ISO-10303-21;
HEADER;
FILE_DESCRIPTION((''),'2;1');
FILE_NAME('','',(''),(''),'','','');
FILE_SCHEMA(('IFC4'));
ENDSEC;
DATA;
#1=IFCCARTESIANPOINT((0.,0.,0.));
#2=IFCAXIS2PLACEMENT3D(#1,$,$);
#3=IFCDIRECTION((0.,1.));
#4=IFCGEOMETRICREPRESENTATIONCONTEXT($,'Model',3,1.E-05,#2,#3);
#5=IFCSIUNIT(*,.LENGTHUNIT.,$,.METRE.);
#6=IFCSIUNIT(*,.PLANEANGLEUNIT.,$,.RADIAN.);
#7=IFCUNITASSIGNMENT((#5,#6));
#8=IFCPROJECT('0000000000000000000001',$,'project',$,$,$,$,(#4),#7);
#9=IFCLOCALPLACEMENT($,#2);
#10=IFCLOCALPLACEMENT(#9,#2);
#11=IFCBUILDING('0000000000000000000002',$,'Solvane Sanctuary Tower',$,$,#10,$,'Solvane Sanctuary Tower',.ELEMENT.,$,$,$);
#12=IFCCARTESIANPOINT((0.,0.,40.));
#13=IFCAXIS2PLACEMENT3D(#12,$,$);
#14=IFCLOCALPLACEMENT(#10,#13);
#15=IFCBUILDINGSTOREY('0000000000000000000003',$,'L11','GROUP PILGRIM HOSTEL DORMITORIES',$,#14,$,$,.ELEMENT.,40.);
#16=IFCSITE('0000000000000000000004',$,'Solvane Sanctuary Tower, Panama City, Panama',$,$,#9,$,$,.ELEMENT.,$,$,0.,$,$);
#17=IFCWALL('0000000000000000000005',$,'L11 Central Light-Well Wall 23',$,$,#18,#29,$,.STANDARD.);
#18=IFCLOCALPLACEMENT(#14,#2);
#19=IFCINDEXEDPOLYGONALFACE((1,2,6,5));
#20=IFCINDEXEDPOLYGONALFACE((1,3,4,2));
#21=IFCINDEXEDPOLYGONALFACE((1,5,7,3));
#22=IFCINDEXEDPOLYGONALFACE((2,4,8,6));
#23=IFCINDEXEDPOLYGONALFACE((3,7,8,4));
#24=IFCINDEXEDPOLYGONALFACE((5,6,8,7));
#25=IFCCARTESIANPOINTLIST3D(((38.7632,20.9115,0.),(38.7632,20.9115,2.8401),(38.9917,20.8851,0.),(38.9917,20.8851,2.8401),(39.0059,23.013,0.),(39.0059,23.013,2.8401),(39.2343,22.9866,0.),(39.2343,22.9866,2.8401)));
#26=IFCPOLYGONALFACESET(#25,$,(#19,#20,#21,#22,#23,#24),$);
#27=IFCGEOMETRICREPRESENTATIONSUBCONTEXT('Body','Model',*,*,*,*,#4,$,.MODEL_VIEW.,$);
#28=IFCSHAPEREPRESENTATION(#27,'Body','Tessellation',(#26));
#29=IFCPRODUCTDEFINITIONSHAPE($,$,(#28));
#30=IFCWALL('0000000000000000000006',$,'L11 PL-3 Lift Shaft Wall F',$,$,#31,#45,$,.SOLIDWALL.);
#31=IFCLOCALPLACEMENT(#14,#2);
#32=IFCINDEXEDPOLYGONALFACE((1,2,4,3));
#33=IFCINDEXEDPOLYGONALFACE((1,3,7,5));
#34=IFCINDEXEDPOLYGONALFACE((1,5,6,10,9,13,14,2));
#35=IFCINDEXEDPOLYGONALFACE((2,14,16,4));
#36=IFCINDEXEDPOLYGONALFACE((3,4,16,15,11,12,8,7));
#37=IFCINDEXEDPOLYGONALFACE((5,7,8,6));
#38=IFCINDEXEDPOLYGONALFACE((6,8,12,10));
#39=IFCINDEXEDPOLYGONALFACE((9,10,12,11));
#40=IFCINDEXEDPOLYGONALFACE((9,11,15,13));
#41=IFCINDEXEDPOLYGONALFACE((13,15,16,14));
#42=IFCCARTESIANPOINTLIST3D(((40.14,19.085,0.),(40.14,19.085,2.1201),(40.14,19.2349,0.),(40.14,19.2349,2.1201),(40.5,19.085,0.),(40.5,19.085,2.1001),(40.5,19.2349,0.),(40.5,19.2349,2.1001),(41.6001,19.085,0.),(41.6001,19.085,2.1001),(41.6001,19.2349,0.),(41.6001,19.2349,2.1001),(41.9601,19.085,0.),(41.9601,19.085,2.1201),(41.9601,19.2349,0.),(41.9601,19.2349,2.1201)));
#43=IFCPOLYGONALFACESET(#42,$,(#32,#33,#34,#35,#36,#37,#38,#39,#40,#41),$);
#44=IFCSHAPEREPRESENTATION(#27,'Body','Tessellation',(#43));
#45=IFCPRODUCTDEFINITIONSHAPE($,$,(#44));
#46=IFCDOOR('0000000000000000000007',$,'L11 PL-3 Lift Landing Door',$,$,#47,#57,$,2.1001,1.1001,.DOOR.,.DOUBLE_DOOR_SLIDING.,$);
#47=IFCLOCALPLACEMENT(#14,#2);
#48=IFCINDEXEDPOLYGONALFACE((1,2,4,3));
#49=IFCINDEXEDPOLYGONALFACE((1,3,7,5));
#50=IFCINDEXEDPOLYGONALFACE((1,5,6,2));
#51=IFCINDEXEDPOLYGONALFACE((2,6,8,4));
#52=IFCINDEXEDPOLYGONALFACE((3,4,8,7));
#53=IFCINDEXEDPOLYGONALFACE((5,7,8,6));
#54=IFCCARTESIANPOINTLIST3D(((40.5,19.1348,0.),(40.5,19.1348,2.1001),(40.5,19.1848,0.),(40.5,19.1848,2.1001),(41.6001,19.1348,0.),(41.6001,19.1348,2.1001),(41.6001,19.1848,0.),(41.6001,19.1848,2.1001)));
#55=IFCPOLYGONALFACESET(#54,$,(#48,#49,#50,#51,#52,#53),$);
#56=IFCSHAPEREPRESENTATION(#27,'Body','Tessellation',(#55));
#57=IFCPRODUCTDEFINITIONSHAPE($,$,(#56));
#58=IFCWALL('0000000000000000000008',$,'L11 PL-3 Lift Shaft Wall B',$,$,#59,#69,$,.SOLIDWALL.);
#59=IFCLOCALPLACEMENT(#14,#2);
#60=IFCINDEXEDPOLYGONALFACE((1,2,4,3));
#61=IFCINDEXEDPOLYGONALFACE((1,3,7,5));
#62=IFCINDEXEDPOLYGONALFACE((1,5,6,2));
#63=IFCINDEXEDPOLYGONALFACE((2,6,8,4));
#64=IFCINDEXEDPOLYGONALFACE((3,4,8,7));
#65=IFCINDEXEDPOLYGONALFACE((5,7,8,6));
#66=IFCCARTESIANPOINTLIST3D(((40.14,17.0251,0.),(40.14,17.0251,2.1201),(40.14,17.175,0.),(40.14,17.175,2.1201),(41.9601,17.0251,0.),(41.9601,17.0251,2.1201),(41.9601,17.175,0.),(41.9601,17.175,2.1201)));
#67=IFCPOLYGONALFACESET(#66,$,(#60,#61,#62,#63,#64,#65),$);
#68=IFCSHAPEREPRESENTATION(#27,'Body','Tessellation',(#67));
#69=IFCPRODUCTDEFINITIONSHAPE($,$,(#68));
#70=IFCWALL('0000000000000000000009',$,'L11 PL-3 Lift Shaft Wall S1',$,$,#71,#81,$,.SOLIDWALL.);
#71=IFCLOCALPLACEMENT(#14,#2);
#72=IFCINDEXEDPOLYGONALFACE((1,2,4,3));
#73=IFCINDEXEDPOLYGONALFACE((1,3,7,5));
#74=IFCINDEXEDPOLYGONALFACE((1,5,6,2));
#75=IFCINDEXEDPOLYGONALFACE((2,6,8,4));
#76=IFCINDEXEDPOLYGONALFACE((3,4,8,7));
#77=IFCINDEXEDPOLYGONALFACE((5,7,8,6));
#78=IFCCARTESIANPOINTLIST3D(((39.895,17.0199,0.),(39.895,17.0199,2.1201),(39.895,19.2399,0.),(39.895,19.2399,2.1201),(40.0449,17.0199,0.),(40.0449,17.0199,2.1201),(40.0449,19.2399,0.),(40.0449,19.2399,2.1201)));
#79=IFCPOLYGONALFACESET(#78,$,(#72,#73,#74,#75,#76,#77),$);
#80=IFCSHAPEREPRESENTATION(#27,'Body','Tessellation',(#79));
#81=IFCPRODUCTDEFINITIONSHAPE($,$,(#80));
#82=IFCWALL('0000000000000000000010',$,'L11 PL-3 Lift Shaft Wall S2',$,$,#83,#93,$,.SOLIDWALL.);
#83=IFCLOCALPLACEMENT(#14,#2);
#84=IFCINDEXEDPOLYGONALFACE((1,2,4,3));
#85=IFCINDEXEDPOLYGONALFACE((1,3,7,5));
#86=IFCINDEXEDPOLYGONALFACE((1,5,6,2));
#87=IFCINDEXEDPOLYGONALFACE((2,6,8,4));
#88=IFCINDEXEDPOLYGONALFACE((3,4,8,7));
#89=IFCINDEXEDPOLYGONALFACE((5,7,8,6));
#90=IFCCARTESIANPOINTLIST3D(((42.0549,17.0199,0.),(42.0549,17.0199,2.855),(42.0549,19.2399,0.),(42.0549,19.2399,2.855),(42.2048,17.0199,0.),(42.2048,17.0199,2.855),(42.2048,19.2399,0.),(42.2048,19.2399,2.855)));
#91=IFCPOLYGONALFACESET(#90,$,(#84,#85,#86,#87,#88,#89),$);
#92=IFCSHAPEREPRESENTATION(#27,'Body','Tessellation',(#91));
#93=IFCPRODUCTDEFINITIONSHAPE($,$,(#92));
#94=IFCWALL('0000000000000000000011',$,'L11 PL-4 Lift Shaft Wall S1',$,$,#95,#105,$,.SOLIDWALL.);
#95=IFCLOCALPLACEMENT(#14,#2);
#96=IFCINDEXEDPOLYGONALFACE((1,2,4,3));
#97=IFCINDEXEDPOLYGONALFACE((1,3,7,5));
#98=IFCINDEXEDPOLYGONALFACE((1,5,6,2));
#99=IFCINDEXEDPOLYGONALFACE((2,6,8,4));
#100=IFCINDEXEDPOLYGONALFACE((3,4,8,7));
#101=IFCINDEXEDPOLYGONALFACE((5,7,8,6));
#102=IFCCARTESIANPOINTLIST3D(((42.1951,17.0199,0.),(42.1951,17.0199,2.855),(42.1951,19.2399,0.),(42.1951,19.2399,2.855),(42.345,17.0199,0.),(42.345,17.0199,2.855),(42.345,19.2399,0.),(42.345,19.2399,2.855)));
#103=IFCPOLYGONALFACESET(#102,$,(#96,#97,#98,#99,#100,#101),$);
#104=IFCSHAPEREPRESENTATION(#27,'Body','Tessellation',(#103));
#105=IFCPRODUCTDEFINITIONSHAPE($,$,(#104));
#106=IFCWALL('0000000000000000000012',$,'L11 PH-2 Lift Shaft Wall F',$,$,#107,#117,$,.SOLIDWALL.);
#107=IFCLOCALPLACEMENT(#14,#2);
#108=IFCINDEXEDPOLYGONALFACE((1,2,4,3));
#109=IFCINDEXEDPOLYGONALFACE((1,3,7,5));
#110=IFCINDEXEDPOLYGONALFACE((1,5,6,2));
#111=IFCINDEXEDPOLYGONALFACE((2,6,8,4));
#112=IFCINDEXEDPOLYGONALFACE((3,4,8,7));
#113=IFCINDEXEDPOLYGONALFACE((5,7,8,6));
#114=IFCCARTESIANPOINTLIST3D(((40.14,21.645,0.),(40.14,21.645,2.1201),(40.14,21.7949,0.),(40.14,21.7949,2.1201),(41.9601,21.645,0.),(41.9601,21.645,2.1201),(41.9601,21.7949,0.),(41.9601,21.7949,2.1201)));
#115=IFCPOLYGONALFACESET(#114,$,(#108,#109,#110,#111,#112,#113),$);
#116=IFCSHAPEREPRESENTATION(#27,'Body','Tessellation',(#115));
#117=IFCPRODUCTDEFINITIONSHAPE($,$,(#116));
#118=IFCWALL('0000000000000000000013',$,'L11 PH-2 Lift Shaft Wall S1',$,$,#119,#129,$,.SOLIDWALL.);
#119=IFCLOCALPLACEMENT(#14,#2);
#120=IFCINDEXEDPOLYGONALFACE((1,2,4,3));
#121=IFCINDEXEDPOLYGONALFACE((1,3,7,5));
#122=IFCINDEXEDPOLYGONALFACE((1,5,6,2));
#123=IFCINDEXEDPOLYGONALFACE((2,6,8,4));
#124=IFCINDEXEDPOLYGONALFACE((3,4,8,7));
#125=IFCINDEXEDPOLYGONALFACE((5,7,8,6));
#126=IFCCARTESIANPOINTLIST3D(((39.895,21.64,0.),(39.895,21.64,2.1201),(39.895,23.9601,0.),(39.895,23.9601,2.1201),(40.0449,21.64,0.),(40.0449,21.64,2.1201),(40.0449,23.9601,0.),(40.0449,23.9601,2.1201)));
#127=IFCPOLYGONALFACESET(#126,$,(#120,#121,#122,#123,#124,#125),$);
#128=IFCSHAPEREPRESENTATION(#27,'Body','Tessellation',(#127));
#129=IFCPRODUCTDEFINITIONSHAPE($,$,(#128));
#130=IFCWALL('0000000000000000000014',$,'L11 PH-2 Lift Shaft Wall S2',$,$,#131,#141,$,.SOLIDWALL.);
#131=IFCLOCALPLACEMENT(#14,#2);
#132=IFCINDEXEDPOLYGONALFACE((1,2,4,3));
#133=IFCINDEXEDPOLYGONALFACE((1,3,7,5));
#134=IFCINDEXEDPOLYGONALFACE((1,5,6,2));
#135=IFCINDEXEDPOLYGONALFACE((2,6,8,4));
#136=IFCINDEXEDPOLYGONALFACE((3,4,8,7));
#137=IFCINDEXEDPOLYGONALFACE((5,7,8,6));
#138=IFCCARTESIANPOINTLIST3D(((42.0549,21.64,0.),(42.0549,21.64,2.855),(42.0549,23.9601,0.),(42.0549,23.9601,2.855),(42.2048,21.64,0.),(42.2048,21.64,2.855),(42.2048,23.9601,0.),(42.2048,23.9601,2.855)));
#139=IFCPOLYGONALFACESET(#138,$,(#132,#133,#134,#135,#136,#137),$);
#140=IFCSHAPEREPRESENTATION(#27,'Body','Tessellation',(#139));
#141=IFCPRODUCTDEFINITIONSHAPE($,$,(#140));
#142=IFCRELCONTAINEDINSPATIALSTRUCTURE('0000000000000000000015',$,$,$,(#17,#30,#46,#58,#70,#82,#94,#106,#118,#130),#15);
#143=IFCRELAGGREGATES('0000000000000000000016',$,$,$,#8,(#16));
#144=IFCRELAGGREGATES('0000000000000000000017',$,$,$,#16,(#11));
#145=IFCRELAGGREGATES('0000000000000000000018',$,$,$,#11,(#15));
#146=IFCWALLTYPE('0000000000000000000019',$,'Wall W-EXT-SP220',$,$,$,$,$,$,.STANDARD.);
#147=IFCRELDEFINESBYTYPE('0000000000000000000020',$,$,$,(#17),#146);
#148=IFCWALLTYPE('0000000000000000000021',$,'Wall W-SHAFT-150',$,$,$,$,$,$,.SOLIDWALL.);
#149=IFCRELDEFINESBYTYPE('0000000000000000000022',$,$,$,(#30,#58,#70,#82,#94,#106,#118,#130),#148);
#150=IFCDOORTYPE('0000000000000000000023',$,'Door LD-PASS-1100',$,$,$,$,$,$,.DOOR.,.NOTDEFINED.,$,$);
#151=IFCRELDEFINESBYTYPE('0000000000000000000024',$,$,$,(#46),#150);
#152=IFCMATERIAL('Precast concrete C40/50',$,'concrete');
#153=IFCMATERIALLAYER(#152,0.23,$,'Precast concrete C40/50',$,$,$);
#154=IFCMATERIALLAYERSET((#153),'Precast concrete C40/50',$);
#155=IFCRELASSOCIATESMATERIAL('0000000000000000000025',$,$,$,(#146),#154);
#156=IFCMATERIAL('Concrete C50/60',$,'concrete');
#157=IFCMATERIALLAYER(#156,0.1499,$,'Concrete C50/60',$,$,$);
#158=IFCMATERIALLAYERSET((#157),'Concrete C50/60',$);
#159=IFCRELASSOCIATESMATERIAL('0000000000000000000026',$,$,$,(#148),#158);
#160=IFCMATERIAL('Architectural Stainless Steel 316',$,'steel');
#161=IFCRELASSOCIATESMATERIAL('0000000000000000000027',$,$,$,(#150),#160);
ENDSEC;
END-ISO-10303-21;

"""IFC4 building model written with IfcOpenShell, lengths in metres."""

from ifc_helpers import new_model, si_unit, direction, frame, frame_2d, origin, place, context, subcontext, project, spatial, rectangle, extrude, material, layer, layer_set, type_object, element, fill, save


model = new_model("IFC4")

# Units and contexts
model_context = context("Model", 3, precision=1e-05, world=origin(), true_north=direction((0.0, 1.0)))
body_context = subcontext(model_context, "Body", "Model", "MODEL_VIEW")
ifc_project = project(units=[si_unit("LENGTHUNIT", "METRE"), si_unit("PLANEANGLEUNIT", "RADIAN")], contexts=[model_context])

# Site, building, storey
site_placement = place(None, origin())
site = spatial("IfcSite", under=ifc_project, at=site_placement, Name="Solvane Sanctuary Tower, Panama City, Panama", CompositionType="ELEMENT", RefElevation=0.0)
building_placement = place(site_placement, origin())
building = spatial("IfcBuilding", under=site, at=building_placement, Name="Solvane Sanctuary Tower", LongName="Solvane Sanctuary Tower", CompositionType="ELEMENT")
storey_placement = place(building_placement, frame((0.0, 0.0, 40.0)))
storey = spatial("IfcBuildingStorey", under=building, at=storey_placement, Name="L11", Description="GROUP PILGRIM HOSTEL DORMITORIES", CompositionType="ELEMENT", Elevation=40.0)

# Shared definitions
ifc_material_1 = material(Name="Precast concrete C40/50", Category="concrete")
ifc_layer_1 = layer(ifc_material_1, 0.23, Name="Precast concrete C40/50")
ifc_layer_set_1 = layer_set([ifc_layer_1], Name="Precast concrete C40/50")
wall_type_1 = type_object("IfcWallType", Name="Wall W-EXT-SP220", PredefinedType="STANDARD", material=ifc_layer_set_1)

# Wall
wall_1_placement = place(storey_placement, frame((38.8774, 20.8984, 0.0), z_axis=(0.0, 0.0, 1.0), x_axis=(0.114712, 0.993399, 0.0)))
element("IfcWall", 1, at=wall_1_placement, inside=storey, type_object=wall_type_1, Name="L11 Central Light-Well Wall 23", PredefinedType="STANDARD", context=body_context, shape_type="SweptSolid", body=[
    extrude(rectangle(XDim=2.1155, YDim=0.23, at=frame_2d((1.0576, 0.0))), origin(), (0.0, 0.0, 1.0), 2.8401),
])

# Wall, opening, door
ifc_material_2 = material(Name="Concrete C50/60", Category="concrete")
ifc_layer_2 = layer(ifc_material_2, 0.1499, Name="Concrete C50/60")
ifc_layer_set_2 = layer_set([ifc_layer_2], Name="Concrete C50/60")
wall_type_2 = type_object("IfcWallType", Name="Wall W-SHAFT-150", PredefinedType="SOLIDWALL", material=ifc_layer_set_2)
wall_2_placement = place(storey_placement, frame((40.1399, 19.1599, 0.0), z_axis=(0.0, 0.0, 1.0), x_axis=(1.0, 0.0, 0.0)))
wall_2 = element("IfcWall", 2, at=wall_2_placement, inside=storey, type_object=wall_type_2, Name="L11 PL-3 Lift Shaft Wall F", PredefinedType="SOLIDWALL", context=body_context, shape_type="SweptSolid", body=[
    extrude(rectangle(XDim=1.8201, YDim=0.1499, at=frame_2d((0.9102, 0.0))), origin(), (0.0, 0.0, 1.0), 2.1201),
])
opening_1_placement = place(wall_2_placement, frame((0.3601, 0.0, 0.0)))
opening_1 = element("IfcOpeningElement", 3, at=opening_1_placement, cuts=wall_2, PredefinedType="OPENING", context=body_context, shape_type="SweptSolid", body=[
    extrude(rectangle(XDim=1.1001, YDim=2.1001, at=frame_2d((0.55, 1.05))), frame((0.0, 0.085, 0.0), z_axis=(0.0, -1.0, 0.0), x_axis=(1.0, 0.0, 0.0)), (0.0, 0.0, 1.0), 0.1699),
])
ifc_material_3 = material(Name="Architectural Stainless Steel 316", Category="steel")
door_type = type_object("IfcDoorType", Name="Door LD-PASS-1100", OperationType="NOTDEFINED", PredefinedType="DOOR", material=ifc_material_3)
door_placement = place(opening_1_placement, origin())
door = element("IfcDoor", 4, at=door_placement, inside=storey, type_object=door_type, Name="L11 PL-3 Lift Landing Door", OperationType="DOUBLE_DOOR_SLIDING", OverallHeight=2.1001, OverallWidth=1.1001, PredefinedType="DOOR", context=body_context, shape_type="SweptSolid", body=[
    extrude(rectangle(XDim=1.1001, YDim=2.1001, at=frame_2d((0.55, 1.05))), frame((0.0, 0.0249, 0.0), z_axis=(0.0, -1.0, 0.0), x_axis=(1.0, 0.0, 0.0)), (0.0, 0.0, 1.0), 0.05),
])
fill(opening_1, door)

# Walls
wall_3_placement = place(storey_placement, frame((40.1399, 17.1001, 0.0), z_axis=(0.0, 0.0, 1.0), x_axis=(1.0, 0.0, 0.0)))
element("IfcWall", 5, at=wall_3_placement, inside=storey, type_object=wall_type_2, Name="L11 PL-3 Lift Shaft Wall B", PredefinedType="SOLIDWALL", context=body_context, shape_type="SweptSolid", body=[
    extrude(rectangle(XDim=1.8201, YDim=0.1499, at=frame_2d((0.9102, 0.0))), origin(), (0.0, 0.0, 1.0), 2.1201),
])
wall_4_placement = place(storey_placement, frame((39.97, 17.02, 0.0), z_axis=(0.0, 0.0, 1.0), x_axis=(0.0, 1.0, 0.0)))
element("IfcWall", 6, at=wall_4_placement, inside=storey, type_object=wall_type_2, Name="L11 PL-3 Lift Shaft Wall S1", PredefinedType="SOLIDWALL", context=body_context, shape_type="SweptSolid", body=[
    extrude(rectangle(XDim=2.22, YDim=0.1499, at=frame_2d((1.1099, 0.0))), origin(), (0.0, 0.0, 1.0), 2.1201),
])
for number, where, z_axis, x_axis, name in (
    (7, (42.1299, 17.02, 0.0), (0.0, 0.0, 1.0), (0.0, 1.0, 0.0), "L11 PL-3 Lift Shaft Wall S2"),
    (8, (42.27, 17.02, 0.0), (0.0, 0.0, 1.0), (0.0, 1.0, 0.0), "L11 PL-4 Lift Shaft Wall S1"),
):
    element("IfcWall", number, at=place(storey_placement, frame(where, z_axis=z_axis, x_axis=x_axis)), inside=storey, type_object=wall_type_2, Name=name, PredefinedType="SOLIDWALL", context=body_context, shape_type="SweptSolid", body=[
        extrude(rectangle(XDim=2.22, YDim=0.1499, at=frame_2d((1.1099, 0.0))), origin(), (0.0, 0.0, 1.0), 2.855),
    ])
wall_5_placement = place(storey_placement, frame((40.1399, 21.72, 0.0), z_axis=(0.0, 0.0, 1.0), x_axis=(1.0, 0.0, 0.0)))
element("IfcWall", 9, at=wall_5_placement, inside=storey, type_object=wall_type_2, Name="L11 PH-2 Lift Shaft Wall F", PredefinedType="SOLIDWALL", context=body_context, shape_type="SweptSolid", body=[
    extrude(rectangle(XDim=1.8201, YDim=0.1499, at=frame_2d((0.9102, 0.0))), origin(), (0.0, 0.0, 1.0), 2.1201),
])
wall_6_placement = place(storey_placement, frame((39.97, 21.6399, 0.0), z_axis=(0.0, 0.0, 1.0), x_axis=(0.0, 1.0, 0.0)))
element("IfcWall", 10, at=wall_6_placement, inside=storey, type_object=wall_type_2, Name="L11 PH-2 Lift Shaft Wall S1", PredefinedType="SOLIDWALL", context=body_context, shape_type="SweptSolid", body=[
    extrude(rectangle(XDim=2.3201, YDim=0.1499, at=frame_2d((1.1602, 0.0))), origin(), (0.0, 0.0, 1.0), 2.1201),
])
wall_7_placement = place(storey_placement, frame((42.1299, 21.6399, 0.0), z_axis=(0.0, 0.0, 1.0), x_axis=(0.0, 1.0, 0.0)))
element("IfcWall", 11, at=wall_7_placement, inside=storey, type_object=wall_type_2, Name="L11 PH-2 Lift Shaft Wall S2", PredefinedType="SOLIDWALL", context=body_context, shape_type="SweptSolid", body=[
    extrude(rectangle(XDim=2.3201, YDim=0.1499, at=frame_2d((1.1602, 0.0))), origin(), (0.0, 0.0, 1.0), 2.855),
])

save(model, "model.ifc")
